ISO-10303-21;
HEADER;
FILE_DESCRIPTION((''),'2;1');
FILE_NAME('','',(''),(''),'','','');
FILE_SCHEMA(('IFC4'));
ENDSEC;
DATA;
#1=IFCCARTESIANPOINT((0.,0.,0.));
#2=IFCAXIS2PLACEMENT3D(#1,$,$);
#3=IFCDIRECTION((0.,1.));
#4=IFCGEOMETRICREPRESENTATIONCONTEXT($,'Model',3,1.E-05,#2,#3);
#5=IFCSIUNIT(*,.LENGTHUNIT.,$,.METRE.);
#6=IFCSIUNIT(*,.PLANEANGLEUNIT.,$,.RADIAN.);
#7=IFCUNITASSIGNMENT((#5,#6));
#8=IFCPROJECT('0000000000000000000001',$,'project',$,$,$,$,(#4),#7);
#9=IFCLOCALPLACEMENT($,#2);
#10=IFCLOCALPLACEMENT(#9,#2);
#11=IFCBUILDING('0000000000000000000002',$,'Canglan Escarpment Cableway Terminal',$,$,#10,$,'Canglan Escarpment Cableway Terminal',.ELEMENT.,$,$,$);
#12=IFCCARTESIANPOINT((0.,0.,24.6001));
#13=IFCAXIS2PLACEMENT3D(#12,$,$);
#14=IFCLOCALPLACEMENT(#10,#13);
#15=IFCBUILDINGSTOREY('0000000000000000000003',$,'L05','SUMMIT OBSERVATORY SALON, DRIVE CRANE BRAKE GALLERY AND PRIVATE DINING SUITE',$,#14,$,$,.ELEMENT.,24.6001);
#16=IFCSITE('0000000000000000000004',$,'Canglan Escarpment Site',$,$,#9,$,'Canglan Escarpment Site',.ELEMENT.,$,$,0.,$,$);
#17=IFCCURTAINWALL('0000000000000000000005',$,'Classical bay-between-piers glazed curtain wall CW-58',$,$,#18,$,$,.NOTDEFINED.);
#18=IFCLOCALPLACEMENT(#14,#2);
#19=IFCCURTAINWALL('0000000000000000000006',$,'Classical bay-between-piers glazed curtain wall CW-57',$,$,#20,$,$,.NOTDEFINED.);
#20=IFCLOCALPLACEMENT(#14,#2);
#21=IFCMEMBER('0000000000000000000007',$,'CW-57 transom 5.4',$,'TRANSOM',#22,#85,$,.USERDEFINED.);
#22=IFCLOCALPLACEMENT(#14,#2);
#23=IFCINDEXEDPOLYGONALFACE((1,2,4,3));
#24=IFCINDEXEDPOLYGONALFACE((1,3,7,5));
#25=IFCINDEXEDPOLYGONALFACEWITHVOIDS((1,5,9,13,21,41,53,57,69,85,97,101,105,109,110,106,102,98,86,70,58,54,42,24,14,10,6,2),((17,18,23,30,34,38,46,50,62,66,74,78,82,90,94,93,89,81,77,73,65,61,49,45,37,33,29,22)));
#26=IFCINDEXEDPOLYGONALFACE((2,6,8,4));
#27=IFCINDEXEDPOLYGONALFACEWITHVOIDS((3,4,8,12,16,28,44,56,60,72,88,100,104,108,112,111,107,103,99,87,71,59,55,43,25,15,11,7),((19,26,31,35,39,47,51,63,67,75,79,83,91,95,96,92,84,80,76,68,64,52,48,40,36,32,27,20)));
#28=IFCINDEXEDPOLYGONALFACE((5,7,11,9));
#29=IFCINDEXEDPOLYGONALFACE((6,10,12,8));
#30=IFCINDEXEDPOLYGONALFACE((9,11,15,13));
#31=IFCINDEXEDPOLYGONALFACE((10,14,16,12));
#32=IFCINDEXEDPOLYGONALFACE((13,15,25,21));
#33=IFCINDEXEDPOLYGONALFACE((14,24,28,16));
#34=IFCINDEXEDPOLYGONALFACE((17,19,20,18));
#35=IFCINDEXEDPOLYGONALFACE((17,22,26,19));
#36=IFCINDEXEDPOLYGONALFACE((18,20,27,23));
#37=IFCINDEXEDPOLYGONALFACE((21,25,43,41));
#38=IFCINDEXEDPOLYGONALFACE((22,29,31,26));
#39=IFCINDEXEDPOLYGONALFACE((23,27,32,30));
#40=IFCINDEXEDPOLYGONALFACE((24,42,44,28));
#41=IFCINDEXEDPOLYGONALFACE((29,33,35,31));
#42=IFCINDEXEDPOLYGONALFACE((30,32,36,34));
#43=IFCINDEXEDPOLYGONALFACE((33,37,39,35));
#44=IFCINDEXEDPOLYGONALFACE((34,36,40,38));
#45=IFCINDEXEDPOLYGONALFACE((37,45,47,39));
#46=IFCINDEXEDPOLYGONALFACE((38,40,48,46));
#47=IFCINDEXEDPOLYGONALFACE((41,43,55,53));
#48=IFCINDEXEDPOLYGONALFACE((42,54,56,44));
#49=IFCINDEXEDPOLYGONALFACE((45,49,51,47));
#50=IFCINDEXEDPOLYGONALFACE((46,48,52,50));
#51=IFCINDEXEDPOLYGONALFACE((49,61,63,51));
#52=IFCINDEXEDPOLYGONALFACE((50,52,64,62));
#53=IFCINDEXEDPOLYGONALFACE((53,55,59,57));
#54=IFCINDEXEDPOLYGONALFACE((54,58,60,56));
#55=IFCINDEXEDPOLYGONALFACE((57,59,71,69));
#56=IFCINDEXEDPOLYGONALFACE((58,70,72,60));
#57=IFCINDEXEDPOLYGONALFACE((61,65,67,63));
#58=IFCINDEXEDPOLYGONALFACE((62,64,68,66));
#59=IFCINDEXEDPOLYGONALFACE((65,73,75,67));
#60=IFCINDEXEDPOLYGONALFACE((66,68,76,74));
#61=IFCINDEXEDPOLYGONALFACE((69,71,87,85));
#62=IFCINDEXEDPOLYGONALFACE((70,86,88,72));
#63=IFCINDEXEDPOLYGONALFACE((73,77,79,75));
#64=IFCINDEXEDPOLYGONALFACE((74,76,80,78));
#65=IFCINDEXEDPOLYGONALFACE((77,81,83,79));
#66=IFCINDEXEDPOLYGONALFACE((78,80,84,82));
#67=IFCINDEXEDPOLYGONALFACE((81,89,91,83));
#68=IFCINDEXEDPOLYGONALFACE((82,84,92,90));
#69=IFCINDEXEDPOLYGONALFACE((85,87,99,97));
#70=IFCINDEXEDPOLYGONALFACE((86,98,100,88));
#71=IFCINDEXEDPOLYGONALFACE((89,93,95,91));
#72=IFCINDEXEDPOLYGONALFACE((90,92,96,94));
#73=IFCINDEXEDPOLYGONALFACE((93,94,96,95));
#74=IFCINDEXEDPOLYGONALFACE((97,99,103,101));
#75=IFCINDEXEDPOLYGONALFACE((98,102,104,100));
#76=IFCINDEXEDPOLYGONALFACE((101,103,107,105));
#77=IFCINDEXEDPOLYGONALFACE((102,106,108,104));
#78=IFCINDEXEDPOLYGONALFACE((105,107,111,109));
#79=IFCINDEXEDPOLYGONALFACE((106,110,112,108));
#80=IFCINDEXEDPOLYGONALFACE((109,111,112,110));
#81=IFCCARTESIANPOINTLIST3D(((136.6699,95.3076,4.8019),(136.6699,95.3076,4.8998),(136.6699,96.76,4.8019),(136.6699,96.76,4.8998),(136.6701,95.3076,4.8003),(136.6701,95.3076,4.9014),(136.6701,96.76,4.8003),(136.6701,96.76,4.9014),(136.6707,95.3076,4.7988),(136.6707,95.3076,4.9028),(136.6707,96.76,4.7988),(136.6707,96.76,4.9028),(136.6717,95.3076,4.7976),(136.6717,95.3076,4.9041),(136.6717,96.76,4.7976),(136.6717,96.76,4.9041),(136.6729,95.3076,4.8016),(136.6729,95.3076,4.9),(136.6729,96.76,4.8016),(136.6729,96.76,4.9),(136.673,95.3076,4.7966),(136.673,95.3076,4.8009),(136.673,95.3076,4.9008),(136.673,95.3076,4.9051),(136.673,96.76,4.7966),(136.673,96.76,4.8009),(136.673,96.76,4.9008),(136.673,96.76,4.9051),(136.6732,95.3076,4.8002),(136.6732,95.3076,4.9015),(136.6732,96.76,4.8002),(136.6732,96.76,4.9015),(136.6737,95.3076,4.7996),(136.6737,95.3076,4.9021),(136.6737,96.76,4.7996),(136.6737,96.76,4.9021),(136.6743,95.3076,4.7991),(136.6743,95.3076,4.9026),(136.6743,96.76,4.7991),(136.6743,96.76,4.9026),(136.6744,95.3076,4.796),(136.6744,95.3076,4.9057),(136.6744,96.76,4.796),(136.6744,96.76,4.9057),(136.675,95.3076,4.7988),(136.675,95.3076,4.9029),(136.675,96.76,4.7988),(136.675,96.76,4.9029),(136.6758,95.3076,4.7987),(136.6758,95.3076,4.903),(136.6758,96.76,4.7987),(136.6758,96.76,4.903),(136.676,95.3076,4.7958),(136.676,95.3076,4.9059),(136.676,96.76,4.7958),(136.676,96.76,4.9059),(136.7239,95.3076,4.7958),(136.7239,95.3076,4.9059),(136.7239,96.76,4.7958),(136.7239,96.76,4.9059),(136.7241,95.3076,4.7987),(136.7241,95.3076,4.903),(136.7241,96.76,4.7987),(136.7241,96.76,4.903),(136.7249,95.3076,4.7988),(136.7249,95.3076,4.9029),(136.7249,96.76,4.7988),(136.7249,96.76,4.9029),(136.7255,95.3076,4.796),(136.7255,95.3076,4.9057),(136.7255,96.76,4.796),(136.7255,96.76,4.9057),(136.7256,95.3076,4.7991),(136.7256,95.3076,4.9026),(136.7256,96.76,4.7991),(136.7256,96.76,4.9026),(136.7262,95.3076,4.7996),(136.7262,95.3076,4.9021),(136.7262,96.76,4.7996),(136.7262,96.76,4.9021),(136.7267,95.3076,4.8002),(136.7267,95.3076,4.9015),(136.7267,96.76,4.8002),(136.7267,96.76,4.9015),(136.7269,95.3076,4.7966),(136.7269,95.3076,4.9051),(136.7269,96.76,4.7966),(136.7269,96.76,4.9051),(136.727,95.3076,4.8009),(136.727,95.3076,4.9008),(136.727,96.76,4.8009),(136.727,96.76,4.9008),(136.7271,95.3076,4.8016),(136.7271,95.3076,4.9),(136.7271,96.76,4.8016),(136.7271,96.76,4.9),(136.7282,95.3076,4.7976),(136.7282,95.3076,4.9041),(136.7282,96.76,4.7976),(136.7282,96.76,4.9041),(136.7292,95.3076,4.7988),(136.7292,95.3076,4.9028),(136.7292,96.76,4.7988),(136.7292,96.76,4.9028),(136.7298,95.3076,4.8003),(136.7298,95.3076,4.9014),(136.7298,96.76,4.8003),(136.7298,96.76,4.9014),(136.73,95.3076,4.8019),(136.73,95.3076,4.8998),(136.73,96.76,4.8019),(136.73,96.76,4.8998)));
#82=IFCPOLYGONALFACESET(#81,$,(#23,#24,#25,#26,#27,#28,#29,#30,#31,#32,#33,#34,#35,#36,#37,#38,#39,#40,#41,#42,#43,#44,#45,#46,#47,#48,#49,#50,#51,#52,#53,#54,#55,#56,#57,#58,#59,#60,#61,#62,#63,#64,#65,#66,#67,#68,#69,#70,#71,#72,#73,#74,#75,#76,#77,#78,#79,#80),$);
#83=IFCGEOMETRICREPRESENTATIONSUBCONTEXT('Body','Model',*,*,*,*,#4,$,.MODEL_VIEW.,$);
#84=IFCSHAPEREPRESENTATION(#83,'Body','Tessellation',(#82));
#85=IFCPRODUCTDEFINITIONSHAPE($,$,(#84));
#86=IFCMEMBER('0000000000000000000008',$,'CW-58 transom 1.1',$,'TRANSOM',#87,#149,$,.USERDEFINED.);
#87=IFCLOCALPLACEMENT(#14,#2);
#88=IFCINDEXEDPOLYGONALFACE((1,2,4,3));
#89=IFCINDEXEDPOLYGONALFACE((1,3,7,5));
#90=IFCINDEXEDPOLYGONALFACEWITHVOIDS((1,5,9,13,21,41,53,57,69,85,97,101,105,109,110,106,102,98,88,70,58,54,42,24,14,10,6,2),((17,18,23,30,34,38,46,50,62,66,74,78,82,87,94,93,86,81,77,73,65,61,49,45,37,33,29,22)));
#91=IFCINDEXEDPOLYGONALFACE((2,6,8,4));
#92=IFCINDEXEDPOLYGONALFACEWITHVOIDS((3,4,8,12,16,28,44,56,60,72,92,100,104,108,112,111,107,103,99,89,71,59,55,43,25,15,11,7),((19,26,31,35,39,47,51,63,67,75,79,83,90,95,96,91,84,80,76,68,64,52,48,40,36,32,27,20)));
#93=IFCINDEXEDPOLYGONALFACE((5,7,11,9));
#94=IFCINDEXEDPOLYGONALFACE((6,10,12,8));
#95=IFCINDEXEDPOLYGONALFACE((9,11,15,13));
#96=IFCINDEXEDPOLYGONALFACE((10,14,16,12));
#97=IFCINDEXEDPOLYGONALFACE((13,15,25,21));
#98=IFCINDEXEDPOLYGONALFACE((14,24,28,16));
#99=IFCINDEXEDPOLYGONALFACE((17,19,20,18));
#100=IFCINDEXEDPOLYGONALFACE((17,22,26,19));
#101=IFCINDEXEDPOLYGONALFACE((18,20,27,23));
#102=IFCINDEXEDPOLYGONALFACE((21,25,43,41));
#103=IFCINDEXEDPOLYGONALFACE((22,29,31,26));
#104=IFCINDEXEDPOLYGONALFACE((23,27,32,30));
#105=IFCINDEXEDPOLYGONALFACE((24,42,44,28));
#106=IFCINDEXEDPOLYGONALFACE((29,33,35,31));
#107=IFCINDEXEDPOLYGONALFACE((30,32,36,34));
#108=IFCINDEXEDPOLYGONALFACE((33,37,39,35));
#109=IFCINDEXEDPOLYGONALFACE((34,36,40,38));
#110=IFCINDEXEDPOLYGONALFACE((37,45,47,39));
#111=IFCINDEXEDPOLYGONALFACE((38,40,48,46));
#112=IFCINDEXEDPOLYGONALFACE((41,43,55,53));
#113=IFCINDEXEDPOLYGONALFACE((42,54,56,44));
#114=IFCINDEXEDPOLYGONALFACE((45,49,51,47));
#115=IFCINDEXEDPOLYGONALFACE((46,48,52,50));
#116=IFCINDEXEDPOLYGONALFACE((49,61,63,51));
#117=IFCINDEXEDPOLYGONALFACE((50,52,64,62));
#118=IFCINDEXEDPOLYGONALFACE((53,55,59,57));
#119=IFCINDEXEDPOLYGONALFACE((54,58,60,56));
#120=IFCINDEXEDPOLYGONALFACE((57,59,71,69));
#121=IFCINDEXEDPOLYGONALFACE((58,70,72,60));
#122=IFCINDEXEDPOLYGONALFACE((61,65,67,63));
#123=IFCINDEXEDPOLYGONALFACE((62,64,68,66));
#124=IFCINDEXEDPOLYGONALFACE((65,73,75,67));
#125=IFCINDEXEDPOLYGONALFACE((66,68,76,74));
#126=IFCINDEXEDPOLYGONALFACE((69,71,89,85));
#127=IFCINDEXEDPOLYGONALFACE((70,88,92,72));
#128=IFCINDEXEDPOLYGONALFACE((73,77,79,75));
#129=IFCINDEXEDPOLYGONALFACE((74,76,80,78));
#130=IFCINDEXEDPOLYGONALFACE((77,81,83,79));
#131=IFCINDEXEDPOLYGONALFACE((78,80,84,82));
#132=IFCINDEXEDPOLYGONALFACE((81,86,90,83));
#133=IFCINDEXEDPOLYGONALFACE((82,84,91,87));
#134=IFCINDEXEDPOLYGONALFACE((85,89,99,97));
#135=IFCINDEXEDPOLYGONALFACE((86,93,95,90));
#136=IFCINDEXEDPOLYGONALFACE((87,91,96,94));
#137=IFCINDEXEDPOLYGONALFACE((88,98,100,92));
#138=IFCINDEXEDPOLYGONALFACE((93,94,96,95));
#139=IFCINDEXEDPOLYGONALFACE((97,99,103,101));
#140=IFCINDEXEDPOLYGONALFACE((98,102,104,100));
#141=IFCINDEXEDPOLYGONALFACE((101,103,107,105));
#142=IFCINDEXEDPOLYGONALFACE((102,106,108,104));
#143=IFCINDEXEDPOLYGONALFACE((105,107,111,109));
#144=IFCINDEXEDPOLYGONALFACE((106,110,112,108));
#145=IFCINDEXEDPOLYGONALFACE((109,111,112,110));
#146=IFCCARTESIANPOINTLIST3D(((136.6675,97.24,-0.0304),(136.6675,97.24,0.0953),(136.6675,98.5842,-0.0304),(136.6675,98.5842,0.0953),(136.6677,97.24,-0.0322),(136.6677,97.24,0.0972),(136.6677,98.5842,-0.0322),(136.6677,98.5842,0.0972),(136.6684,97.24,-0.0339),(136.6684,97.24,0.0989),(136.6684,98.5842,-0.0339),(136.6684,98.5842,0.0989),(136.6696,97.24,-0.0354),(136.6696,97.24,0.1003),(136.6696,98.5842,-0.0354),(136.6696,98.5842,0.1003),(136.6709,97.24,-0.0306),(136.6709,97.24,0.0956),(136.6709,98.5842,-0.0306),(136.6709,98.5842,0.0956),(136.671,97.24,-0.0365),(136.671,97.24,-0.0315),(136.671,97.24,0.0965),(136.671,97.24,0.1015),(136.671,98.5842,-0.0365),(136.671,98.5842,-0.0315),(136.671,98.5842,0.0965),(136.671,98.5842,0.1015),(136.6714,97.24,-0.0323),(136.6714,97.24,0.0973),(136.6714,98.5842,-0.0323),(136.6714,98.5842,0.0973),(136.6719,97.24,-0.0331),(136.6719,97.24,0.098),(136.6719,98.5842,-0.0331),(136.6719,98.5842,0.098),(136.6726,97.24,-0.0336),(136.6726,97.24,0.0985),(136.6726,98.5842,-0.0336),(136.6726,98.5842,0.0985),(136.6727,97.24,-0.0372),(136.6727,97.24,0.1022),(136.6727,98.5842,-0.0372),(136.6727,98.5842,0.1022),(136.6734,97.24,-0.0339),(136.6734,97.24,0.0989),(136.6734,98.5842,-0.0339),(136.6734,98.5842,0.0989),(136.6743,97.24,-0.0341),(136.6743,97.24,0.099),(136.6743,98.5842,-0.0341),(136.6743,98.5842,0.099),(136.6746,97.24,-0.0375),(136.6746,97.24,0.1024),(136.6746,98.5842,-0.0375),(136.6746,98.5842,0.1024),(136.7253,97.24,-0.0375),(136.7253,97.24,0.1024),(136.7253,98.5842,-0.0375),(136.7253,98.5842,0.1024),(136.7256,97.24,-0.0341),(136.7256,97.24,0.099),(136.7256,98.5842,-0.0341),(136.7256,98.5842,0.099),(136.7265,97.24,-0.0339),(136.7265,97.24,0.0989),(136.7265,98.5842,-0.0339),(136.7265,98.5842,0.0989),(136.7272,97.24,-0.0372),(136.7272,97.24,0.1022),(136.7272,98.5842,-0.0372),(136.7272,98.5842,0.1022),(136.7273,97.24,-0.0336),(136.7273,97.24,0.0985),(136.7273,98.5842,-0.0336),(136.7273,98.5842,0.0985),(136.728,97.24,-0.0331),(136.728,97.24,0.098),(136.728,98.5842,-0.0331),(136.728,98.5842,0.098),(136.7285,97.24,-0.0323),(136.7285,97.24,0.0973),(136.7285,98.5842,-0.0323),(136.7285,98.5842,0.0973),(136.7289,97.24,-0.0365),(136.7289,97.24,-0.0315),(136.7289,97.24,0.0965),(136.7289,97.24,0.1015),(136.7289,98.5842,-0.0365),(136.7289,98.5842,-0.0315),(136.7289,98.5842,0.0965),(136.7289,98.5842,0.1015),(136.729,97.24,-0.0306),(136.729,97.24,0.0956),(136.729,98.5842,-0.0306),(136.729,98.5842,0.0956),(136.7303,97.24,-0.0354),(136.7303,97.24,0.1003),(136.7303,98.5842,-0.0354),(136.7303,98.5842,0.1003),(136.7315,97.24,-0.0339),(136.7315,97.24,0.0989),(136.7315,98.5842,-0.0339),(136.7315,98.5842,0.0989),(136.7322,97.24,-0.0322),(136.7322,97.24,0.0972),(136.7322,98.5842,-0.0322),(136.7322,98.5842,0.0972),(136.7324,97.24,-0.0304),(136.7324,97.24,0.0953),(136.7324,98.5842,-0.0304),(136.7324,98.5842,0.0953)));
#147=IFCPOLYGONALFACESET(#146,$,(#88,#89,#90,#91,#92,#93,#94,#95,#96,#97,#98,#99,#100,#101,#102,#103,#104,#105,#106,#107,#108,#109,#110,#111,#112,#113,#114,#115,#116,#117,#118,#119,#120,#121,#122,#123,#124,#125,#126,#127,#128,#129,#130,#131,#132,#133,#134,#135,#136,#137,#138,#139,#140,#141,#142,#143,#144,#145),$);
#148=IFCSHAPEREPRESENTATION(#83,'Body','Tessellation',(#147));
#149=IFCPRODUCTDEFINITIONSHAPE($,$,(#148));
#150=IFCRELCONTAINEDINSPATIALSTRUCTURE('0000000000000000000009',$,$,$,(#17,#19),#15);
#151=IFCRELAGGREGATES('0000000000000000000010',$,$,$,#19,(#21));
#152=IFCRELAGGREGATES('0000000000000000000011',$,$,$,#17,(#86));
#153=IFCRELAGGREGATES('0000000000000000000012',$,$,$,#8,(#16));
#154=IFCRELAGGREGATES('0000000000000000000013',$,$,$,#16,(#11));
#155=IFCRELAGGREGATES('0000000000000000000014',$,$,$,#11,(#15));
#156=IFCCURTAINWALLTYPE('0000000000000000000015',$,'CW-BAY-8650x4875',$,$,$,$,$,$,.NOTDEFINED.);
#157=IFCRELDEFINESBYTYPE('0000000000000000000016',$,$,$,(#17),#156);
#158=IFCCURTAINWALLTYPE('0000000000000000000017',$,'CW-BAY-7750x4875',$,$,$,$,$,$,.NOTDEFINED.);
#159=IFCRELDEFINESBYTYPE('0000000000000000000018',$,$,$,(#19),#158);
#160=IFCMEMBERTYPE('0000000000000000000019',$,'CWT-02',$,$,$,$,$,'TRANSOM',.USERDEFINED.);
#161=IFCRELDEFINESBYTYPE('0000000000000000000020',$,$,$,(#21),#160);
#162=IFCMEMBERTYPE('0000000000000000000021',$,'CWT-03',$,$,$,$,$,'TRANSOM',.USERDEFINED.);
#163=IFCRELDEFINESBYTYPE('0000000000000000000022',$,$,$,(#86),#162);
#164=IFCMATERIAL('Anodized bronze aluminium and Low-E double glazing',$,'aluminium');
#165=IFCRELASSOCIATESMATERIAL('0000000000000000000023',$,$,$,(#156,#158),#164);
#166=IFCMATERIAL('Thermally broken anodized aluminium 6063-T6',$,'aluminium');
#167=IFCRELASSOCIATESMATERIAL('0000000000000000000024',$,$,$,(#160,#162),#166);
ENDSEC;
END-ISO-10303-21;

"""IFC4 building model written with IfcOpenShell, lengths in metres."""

from ifc_helpers import new_model, si_unit, direction, frame, origin, origin_2d, place, context, subcontext, project, spatial, hollow_rectangle, extrude, material, material_profile, profile_set, type_object, element, aggregate, save


model = new_model("IFC4")

# Units and contexts
model_context = context("Model", 3, precision=1e-05, world=origin(), true_north=direction((0.0, 1.0)))
body_context = subcontext(model_context, "Body", "Model", "MODEL_VIEW")
ifc_project = project(units=[si_unit("LENGTHUNIT", "METRE"), si_unit("PLANEANGLEUNIT", "RADIAN")], contexts=[model_context])

# Site, building, storey
site_placement = place(None, origin())
site = spatial("IfcSite", under=ifc_project, at=site_placement, Name="Canglan Escarpment Site", LongName="Canglan Escarpment Site", CompositionType="ELEMENT", RefElevation=0.0)
building_placement = place(site_placement, origin())
building = spatial("IfcBuilding", under=site, at=building_placement, Name="Canglan Escarpment Cableway Terminal", LongName="Canglan Escarpment Cableway Terminal", CompositionType="ELEMENT")
storey_placement = place(building_placement, frame((0.0, 0.0, 24.6001)))
storey = spatial("IfcBuildingStorey", under=building, at=storey_placement, Name="L05", Description="SUMMIT OBSERVATORY SALON, DRIVE CRANE BRAKE GALLERY AND PRIVATE DINING SUITE", CompositionType="ELEMENT", Elevation=24.6001)

# Curtain wall
ifc_material_1 = material(Name="Anodized bronze aluminium and Low-E double glazing", Category="aluminium")
curtain_wall_type_1 = type_object("IfcCurtainWallType", Name="CW-BAY-8650x4875", PredefinedType="NOTDEFINED", material=ifc_material_1)
curtain_wall_1_placement = place(storey_placement, origin())
curtain_wall_1 = element("IfcCurtainWall", 1, at=curtain_wall_1_placement, inside=storey, type_object=curtain_wall_type_1, Name="Classical bay-between-piers glazed curtain wall CW-58", PredefinedType="NOTDEFINED")
ifc_material_2 = material(Name="Thermally broken anodized aluminium 6063-T6", Category="aluminium")

# Curtain wall, member
curtain_wall_type_2 = type_object("IfcCurtainWallType", Name="CW-BAY-7750x4875", PredefinedType="NOTDEFINED", material=ifc_material_1)
curtain_wall_2_placement = place(storey_placement, origin())
curtain_wall_2 = element("IfcCurtainWall", 2, at=curtain_wall_2_placement, inside=storey, type_object=curtain_wall_type_2, Name="Classical bay-between-piers glazed curtain wall CW-57", PredefinedType="NOTDEFINED")
ifc_material_profile_1 = material_profile(ifc_material_2, hollow_rectangle(XDim=0.0601, YDim=0.1101, WallThickness=0.0029, InnerFilletRadius=0.0029, OuterFilletRadius=0.0061, at=origin_2d()), Name="ALU-TRAN 60x110x3")
ifc_profile_set_1 = profile_set([ifc_material_profile_1], Name="Thermally broken anodized aluminium 6063-T6")
member_type_1 = type_object("IfcMemberType", Name="CWT-02", ElementType="TRANSOM", PredefinedType="USERDEFINED", material=ifc_profile_set_1)
member_1_placement = place(storey_placement, frame((136.7, 95.3076, 4.8508), z_axis=(0.0, 1.0, 0.0), x_axis=(-1.0, 0.0, 0.0)))
member_1 = element("IfcMember", 3, at=member_1_placement, type_object=member_type_1, Name="CW-57 transom 5.4", ObjectType="TRANSOM", PredefinedType="USERDEFINED", context=body_context, shape_type="SweptSolid", body=[
    extrude(hollow_rectangle(XDim=0.0601, YDim=0.1101, WallThickness=0.0029, InnerFilletRadius=0.0029, OuterFilletRadius=0.0061, at=origin_2d()), origin(), (0.0, 0.0, 1.0), 1.4524),
])

# Member
ifc_material_profile_2 = material_profile(ifc_material_2, hollow_rectangle(XDim=0.0649, YDim=0.1399, WallThickness=0.0034, InnerFilletRadius=0.0034, OuterFilletRadius=0.0071, at=origin_2d()), Name="ALU-TRAN 65x140x3.5")
ifc_profile_set_2 = profile_set([ifc_material_profile_2], Name="Thermally broken anodized aluminium 6063-T6")
member_type_2 = type_object("IfcMemberType", Name="CWT-03", ElementType="TRANSOM", PredefinedType="USERDEFINED", material=ifc_profile_set_2)
member_2_placement = place(storey_placement, frame((136.7, 97.24, 0.0325), z_axis=(0.0, 1.0, 0.0), x_axis=(-1.0, 0.0, 0.0)))
member_2 = element("IfcMember", 4, at=member_2_placement, type_object=member_type_2, Name="CW-58 transom 1.1", ObjectType="TRANSOM", PredefinedType="USERDEFINED", context=body_context, shape_type="SweptSolid", body=[
    extrude(hollow_rectangle(XDim=0.0649, YDim=0.1399, WallThickness=0.0034, InnerFilletRadius=0.0034, OuterFilletRadius=0.0071, at=origin_2d()), origin(), (0.0, 0.0, 1.0), 1.3442),
])

aggregate(curtain_wall_2, [member_1])
aggregate(curtain_wall_1, [member_2])

save(model, "model.ifc")
